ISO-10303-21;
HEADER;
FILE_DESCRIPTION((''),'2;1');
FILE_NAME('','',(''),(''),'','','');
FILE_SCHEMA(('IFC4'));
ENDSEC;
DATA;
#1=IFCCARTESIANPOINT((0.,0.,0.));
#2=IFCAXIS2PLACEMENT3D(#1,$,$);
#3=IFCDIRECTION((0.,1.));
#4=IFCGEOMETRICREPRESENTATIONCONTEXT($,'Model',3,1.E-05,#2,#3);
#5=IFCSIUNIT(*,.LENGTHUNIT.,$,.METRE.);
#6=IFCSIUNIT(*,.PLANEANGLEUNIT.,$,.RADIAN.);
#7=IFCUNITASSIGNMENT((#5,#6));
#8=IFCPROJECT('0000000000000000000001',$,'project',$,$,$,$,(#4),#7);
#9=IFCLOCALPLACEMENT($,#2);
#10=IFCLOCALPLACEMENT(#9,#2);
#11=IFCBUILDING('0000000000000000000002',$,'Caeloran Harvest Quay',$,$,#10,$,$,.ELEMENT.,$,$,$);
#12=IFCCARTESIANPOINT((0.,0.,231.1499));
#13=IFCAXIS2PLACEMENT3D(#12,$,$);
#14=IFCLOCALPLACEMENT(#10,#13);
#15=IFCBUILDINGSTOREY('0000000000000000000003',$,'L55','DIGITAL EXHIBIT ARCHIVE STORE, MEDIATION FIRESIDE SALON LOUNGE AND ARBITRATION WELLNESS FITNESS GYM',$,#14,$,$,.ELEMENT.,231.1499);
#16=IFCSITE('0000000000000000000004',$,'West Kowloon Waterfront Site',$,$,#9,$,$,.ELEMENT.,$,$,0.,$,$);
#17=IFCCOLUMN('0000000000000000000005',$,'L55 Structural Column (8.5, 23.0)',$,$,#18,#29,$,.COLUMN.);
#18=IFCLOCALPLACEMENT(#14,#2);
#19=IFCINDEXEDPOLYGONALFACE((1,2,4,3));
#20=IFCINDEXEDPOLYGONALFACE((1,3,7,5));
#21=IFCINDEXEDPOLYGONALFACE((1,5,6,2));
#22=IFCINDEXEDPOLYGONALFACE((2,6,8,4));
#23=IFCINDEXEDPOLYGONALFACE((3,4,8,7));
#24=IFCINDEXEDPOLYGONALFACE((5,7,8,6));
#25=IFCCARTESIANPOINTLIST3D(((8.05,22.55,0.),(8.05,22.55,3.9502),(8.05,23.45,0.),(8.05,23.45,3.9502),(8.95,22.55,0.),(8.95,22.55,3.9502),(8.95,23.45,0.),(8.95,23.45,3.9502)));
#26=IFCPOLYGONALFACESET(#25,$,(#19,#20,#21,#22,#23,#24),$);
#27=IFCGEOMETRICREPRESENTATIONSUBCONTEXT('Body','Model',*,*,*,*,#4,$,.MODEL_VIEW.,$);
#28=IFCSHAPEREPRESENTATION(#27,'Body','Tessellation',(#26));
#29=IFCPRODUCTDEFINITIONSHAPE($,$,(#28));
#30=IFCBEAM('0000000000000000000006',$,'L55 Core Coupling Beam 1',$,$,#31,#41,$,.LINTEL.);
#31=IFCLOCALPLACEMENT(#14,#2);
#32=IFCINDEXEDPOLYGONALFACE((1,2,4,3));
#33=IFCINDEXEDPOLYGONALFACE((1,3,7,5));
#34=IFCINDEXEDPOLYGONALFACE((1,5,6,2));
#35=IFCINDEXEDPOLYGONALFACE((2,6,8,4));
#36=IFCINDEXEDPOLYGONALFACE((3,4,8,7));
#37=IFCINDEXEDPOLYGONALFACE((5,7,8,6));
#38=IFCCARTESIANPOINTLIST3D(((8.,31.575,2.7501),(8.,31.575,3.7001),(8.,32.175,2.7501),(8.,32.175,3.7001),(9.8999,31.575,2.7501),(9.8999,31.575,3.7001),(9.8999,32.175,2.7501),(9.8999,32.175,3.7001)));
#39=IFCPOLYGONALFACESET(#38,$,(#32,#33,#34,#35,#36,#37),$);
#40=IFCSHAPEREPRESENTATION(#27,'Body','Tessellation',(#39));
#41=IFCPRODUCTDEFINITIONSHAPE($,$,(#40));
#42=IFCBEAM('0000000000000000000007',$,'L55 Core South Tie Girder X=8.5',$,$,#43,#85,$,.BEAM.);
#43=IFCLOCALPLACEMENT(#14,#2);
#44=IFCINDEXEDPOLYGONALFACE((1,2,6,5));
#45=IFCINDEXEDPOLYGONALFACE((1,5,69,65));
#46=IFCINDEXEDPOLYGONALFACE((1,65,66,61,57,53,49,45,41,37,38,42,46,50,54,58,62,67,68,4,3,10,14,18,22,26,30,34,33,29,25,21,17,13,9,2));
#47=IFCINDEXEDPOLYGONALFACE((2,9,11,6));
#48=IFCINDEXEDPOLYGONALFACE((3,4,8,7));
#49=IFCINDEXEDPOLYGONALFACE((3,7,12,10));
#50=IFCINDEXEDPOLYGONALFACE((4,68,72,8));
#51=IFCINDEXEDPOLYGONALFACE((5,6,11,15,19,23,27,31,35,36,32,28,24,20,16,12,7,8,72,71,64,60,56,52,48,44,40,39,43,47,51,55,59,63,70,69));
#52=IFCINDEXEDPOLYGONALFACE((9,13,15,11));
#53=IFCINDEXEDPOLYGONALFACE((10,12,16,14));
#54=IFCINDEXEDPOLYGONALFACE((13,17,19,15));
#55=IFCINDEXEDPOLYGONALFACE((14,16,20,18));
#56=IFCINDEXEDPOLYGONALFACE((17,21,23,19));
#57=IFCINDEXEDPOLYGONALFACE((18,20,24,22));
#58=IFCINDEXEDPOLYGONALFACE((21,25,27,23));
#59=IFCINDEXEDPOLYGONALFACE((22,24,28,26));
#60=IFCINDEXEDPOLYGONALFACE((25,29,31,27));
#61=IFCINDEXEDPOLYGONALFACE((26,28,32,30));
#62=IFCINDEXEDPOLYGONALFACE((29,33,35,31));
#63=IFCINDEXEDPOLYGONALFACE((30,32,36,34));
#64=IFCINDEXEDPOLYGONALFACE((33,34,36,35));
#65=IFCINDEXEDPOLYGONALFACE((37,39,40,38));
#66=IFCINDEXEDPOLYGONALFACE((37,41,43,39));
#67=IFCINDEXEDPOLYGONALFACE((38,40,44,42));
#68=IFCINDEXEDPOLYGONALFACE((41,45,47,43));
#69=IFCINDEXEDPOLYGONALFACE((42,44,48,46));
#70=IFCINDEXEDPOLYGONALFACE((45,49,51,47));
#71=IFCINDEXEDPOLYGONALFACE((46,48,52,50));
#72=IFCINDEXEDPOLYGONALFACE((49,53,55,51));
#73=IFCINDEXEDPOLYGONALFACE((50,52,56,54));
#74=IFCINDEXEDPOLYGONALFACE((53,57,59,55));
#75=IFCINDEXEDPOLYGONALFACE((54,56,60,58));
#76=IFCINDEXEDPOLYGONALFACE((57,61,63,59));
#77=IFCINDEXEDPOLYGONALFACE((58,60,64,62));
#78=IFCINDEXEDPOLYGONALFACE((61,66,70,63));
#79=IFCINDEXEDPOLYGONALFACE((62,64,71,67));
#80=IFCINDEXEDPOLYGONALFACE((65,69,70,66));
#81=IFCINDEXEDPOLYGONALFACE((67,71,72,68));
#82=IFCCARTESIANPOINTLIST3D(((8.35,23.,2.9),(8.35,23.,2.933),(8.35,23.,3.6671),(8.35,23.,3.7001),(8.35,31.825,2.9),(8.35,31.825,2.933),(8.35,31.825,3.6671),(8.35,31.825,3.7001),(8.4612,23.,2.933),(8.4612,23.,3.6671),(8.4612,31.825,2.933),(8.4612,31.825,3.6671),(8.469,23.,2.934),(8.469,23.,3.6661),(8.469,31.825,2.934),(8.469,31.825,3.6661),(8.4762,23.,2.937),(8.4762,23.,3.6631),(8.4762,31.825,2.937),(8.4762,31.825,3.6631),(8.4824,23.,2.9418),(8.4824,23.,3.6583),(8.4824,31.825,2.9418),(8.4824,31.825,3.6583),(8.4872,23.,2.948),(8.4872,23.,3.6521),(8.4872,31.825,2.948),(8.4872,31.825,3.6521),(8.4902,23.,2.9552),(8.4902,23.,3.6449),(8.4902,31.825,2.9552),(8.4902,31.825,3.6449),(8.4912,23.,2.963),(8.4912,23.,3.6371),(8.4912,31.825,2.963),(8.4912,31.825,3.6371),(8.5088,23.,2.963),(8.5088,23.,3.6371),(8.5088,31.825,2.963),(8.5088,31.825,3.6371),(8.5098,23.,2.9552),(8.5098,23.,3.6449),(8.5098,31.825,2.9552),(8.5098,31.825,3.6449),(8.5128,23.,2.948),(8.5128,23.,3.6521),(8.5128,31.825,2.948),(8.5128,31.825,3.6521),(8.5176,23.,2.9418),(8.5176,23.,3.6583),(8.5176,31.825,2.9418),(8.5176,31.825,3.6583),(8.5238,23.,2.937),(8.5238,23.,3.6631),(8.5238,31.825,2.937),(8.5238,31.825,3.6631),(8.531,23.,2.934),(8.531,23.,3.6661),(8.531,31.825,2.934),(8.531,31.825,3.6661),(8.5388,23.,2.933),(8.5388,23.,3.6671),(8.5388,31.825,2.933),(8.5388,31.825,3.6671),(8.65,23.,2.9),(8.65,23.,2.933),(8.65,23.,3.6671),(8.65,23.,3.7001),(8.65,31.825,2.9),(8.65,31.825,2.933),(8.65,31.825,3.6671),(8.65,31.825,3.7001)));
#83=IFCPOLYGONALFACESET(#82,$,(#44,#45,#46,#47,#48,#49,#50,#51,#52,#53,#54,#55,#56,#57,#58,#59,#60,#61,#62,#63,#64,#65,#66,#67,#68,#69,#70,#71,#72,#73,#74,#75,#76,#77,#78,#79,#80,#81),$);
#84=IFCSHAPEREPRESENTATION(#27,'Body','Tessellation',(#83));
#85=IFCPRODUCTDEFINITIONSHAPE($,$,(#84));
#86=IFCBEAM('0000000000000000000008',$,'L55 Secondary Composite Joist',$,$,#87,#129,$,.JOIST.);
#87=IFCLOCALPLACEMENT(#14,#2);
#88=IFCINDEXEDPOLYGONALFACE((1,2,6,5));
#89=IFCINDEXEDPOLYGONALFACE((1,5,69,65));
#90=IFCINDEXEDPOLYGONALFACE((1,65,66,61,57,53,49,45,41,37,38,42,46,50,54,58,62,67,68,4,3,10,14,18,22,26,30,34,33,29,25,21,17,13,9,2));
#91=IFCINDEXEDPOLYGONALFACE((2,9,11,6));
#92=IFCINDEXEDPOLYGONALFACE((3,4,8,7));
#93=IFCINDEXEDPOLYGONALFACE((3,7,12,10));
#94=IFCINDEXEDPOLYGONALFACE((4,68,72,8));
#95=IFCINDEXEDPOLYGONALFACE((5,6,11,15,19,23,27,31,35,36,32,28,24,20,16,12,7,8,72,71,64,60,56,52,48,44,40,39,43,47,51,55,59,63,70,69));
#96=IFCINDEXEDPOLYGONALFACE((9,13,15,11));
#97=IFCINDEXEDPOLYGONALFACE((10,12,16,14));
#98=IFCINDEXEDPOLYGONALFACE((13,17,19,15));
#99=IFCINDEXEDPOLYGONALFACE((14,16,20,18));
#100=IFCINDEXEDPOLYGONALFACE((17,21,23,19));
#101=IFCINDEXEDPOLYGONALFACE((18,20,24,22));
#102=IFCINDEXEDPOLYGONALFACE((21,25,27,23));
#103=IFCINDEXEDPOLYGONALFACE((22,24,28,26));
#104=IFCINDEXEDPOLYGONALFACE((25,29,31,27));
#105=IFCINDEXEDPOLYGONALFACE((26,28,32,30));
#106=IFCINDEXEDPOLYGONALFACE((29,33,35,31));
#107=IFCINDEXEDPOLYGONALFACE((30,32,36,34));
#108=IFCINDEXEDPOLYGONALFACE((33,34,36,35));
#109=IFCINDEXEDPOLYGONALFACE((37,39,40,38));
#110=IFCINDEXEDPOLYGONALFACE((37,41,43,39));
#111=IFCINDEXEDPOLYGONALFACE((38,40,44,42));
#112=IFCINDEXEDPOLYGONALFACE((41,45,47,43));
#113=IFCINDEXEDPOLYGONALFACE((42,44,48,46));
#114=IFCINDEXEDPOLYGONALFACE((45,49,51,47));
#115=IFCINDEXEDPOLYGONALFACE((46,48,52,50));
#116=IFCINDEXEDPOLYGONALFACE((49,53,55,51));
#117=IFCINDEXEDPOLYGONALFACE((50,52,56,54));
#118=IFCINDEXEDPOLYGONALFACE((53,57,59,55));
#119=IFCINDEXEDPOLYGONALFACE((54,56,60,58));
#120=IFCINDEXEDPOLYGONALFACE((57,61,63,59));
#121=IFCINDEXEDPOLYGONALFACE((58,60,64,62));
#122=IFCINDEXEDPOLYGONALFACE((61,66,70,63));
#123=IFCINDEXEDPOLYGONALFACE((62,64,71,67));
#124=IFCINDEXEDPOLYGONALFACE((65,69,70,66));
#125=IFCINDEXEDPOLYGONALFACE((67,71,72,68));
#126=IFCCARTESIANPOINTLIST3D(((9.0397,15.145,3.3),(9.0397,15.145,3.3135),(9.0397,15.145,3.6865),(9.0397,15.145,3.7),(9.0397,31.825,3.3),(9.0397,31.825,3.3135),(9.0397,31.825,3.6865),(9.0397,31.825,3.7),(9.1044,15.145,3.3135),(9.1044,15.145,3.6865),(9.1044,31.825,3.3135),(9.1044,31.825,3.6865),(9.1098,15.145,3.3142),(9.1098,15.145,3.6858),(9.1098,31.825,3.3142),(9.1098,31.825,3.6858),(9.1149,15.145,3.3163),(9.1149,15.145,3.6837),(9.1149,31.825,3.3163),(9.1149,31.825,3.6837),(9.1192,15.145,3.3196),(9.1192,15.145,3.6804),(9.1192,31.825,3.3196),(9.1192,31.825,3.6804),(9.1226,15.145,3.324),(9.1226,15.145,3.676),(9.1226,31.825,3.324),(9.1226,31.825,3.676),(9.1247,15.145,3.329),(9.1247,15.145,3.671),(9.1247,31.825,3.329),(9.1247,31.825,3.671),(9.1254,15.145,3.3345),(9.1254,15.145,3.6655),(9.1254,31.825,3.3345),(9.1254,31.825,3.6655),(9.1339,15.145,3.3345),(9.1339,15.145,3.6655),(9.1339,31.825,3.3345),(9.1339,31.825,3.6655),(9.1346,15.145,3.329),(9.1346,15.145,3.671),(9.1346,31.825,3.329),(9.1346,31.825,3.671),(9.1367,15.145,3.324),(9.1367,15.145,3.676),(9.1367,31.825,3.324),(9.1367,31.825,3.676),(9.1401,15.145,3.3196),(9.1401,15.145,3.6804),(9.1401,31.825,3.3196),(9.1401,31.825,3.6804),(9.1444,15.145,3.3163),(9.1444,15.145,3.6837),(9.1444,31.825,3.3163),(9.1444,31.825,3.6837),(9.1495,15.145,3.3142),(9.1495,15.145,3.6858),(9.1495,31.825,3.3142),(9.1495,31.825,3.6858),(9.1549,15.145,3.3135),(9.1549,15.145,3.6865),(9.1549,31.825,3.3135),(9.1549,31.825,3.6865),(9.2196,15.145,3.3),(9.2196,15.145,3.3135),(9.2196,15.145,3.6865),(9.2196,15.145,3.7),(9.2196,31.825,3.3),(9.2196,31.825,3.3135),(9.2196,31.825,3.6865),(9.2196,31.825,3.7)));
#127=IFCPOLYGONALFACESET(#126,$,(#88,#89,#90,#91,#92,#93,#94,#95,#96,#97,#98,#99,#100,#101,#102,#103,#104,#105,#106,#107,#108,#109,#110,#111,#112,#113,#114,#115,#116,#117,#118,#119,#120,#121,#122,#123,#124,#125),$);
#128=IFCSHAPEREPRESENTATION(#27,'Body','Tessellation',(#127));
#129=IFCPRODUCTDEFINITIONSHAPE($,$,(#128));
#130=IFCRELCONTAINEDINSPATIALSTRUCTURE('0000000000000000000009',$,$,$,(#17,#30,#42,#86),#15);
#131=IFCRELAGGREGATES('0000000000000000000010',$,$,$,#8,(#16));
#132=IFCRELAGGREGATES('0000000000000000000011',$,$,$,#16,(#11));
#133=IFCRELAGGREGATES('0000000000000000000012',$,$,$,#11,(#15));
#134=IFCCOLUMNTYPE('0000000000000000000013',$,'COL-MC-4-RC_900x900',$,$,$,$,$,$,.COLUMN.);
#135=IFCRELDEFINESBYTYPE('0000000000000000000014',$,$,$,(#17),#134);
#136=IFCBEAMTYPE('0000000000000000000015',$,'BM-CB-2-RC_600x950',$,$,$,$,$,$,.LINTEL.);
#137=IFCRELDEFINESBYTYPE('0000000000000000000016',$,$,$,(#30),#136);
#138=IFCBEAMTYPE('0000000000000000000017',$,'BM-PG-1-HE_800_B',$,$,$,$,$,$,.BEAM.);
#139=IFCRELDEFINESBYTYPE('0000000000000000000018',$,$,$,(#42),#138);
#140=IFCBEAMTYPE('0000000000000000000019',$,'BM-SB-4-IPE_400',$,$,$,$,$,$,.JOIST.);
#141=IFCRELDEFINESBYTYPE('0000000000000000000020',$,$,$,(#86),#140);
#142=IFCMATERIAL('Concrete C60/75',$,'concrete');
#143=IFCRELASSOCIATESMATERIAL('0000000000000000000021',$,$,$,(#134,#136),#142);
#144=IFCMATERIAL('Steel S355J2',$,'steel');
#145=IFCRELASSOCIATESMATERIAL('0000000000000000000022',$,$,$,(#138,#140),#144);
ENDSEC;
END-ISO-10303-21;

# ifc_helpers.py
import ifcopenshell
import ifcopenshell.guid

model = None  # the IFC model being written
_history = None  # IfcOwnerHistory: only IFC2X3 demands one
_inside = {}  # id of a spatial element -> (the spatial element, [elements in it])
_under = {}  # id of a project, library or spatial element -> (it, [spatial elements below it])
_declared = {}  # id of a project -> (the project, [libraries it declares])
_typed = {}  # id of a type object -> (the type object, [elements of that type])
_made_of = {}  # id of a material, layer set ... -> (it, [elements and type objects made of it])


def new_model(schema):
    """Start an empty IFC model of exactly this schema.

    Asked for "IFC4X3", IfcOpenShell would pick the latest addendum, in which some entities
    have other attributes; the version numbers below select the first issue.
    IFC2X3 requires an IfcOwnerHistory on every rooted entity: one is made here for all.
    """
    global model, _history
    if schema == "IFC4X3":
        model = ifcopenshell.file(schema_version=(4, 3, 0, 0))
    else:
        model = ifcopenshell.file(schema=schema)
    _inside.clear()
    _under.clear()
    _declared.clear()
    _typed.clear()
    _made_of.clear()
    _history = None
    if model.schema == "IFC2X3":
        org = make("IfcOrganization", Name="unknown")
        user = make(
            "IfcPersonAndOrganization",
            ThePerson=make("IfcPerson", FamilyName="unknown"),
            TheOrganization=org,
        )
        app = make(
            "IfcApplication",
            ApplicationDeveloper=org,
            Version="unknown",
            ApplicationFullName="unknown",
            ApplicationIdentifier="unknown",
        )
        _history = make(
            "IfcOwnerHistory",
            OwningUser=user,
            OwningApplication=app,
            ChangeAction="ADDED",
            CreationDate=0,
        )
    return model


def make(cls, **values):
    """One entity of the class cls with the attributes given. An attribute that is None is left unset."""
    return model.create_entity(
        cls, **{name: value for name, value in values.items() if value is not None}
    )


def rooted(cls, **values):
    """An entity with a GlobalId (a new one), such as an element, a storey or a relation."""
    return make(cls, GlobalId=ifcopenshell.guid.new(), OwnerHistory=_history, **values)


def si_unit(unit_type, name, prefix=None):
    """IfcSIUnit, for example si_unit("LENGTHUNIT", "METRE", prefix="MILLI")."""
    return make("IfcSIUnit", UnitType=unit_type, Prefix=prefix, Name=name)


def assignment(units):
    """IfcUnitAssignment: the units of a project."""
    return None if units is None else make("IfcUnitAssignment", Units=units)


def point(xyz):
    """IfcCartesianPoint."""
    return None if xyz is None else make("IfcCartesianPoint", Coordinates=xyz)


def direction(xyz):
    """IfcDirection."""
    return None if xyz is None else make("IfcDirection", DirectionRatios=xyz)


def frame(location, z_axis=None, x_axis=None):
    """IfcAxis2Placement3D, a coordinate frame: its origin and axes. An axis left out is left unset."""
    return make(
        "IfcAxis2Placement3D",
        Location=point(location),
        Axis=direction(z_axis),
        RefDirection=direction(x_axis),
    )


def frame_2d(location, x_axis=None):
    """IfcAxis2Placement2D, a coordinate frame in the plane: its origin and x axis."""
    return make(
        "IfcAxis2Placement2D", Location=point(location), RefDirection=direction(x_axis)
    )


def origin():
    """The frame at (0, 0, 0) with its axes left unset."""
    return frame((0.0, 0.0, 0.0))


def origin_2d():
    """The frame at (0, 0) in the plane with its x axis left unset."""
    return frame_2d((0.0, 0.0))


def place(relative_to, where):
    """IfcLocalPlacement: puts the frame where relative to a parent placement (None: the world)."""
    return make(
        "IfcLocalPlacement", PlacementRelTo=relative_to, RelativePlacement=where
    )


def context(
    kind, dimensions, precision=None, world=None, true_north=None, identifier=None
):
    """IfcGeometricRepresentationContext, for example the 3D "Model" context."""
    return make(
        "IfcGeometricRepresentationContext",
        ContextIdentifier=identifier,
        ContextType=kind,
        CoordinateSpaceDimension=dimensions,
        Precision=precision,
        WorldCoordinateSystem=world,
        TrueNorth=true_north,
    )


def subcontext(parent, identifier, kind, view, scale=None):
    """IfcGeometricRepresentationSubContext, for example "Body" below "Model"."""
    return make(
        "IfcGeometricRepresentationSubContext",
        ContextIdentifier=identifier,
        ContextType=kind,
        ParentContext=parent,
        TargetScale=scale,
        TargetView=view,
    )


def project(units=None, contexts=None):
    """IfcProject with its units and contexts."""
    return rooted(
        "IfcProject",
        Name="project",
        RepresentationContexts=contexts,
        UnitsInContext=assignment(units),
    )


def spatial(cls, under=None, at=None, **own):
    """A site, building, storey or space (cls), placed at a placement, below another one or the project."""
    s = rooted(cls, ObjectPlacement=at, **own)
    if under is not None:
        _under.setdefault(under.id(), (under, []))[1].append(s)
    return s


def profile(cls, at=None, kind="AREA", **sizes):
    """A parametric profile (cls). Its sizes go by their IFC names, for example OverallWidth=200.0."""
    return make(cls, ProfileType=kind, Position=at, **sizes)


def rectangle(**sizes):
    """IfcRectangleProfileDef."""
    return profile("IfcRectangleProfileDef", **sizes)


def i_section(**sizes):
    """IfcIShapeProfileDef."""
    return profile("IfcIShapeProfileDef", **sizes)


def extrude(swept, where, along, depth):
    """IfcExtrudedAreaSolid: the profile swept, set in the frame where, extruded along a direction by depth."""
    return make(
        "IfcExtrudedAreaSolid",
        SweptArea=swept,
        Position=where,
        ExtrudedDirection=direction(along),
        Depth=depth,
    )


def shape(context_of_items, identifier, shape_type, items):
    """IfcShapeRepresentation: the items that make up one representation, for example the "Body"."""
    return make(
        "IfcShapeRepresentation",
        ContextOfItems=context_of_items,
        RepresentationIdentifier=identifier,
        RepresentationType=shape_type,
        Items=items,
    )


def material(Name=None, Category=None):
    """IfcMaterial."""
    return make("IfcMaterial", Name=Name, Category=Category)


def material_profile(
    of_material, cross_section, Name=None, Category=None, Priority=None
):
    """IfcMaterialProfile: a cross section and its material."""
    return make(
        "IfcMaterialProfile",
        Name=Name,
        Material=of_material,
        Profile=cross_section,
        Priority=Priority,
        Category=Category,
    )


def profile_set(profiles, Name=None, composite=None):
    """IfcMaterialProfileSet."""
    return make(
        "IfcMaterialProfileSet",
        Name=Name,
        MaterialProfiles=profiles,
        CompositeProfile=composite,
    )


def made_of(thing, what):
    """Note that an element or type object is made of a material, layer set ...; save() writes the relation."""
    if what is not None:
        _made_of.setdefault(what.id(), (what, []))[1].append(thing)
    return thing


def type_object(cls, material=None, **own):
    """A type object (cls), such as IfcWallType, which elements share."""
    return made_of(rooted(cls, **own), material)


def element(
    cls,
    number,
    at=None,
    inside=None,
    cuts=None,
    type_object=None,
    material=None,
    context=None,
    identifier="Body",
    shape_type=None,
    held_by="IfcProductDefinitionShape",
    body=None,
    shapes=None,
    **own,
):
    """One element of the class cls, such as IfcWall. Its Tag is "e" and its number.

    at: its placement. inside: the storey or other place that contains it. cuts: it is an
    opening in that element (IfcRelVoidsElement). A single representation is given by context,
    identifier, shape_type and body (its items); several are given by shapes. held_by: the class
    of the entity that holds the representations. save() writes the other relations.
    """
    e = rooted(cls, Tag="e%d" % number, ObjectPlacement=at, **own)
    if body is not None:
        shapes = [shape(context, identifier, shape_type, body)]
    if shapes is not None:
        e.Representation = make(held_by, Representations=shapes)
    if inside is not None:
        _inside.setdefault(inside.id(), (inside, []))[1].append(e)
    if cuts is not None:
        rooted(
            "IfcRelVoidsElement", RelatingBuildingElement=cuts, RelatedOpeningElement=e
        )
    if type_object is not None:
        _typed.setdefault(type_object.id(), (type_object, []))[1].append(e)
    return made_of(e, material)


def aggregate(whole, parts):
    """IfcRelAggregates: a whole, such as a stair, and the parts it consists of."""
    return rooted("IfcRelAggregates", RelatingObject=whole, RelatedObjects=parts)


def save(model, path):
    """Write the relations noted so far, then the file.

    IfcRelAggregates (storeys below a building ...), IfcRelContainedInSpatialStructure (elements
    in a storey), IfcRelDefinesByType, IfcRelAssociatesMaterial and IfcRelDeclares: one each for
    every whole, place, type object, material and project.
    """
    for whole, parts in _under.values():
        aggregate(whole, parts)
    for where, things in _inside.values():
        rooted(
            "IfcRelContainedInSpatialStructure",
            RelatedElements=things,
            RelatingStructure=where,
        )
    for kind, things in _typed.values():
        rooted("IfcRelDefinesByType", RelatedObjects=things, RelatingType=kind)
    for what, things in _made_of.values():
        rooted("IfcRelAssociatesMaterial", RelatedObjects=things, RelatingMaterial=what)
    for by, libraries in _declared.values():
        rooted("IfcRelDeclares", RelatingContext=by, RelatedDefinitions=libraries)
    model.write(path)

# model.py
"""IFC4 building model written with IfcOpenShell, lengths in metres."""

from ifc_helpers import new_model, si_unit, direction, frame, origin, origin_2d, place, context, subcontext, project, spatial, rectangle, i_section, extrude, material, material_profile, profile_set, type_object, element, save


model = new_model("IFC4")

# Units and contexts
model_context = context("Model", 3, precision=1e-05, world=origin(), true_north=direction((0.0, 1.0)))
body_context = subcontext(model_context, "Body", "Model", "MODEL_VIEW")
ifc_project = project(units=[si_unit("LENGTHUNIT", "METRE"), si_unit("PLANEANGLEUNIT", "RADIAN")], contexts=[model_context])

# Site, building, storey
site_placement = place(None, origin())
site = spatial("IfcSite", under=ifc_project, at=site_placement, Name="West Kowloon Waterfront Site", CompositionType="ELEMENT", RefElevation=0.0)
building_placement = place(site_placement, origin())
building = spatial("IfcBuilding", under=site, at=building_placement, Name="Caeloran Harvest Quay", CompositionType="ELEMENT")
storey_placement = place(building_placement, frame((0.0, 0.0, 231.1499)))
storey = spatial("IfcBuildingStorey", under=building, at=storey_placement, Name="L55", Description="DIGITAL EXHIBIT ARCHIVE STORE, MEDIATION FIRESIDE SALON LOUNGE AND ARBITRATION WELLNESS FITNESS GYM", CompositionType="ELEMENT", Elevation=231.1499)

# Column
ifc_material_1 = material(Name="Concrete C60/75", Category="concrete")
ifc_material_profile_1 = material_profile(ifc_material_1, rectangle(XDim=0.8999, YDim=0.8999, at=origin_2d()), Name="RC 900x900")
ifc_profile_set_1 = profile_set([ifc_material_profile_1], Name="Concrete C60/75")
column_type = type_object("IfcColumnType", Name="COL-MC-4-RC_900x900", PredefinedType="COLUMN", material=ifc_profile_set_1)
column_placement = place(storey_placement, frame((8.5, 23.0, 0.0), z_axis=(0.0, 0.0, 1.0), x_axis=(1.0, 0.0, 0.0)))
element("IfcColumn", 1, at=column_placement, inside=storey, type_object=column_type, Name="L55 Structural Column (8.5, 23.0)", PredefinedType="COLUMN", context=body_context, shape_type="SweptSolid", body=[
    extrude(rectangle(XDim=0.8999, YDim=0.8999, at=origin_2d()), origin(), (0.0, 0.0, 1.0), 3.9502),
])

# Beams
ifc_material_profile_2 = material_profile(ifc_material_1, rectangle(XDim=0.6001, YDim=0.95, at=origin_2d()), Name="RC 600x950")
ifc_profile_set_2 = profile_set([ifc_material_profile_2], Name="Concrete C60/75")
beam_type_1 = type_object("IfcBeamType", Name="BM-CB-2-RC_600x950", PredefinedType="LINTEL", material=ifc_profile_set_2)
beam_1_placement = place(storey_placement, frame((8.0, 31.875, 3.2251), z_axis=(1.0, 0.0, 0.0), x_axis=(0.0, 1.0, 0.0)))
element("IfcBeam", 2, at=beam_1_placement, inside=storey, type_object=beam_type_1, Name="L55 Core Coupling Beam 1", PredefinedType="LINTEL", context=body_context, shape_type="SweptSolid", body=[
    extrude(rectangle(XDim=0.6001, YDim=0.95, at=origin_2d()), origin(), (0.0, 0.0, 1.0), 1.8999),
])
ifc_material_2 = material(Name="Steel S355J2", Category="steel")
ifc_material_profile_3 = material_profile(ifc_material_2, i_section(OverallWidth=0.3, OverallDepth=0.8, WebThickness=0.0176, FlangeThickness=0.033, FilletRadius=0.03, at=origin_2d()), Name="HE 800 B")
ifc_profile_set_3 = profile_set([ifc_material_profile_3], Name="Steel S355J2")
beam_type_2 = type_object("IfcBeamType", Name="BM-PG-1-HE_800_B", PredefinedType="BEAM", material=ifc_profile_set_3)
beam_2_placement = place(storey_placement, frame((8.5, 23.0, 3.3), z_axis=(0.0, 1.0, 0.0), x_axis=(-1.0, 0.0, 0.0)))
element("IfcBeam", 3, at=beam_2_placement, inside=storey, type_object=beam_type_2, Name="L55 Core South Tie Girder X=8.5", PredefinedType="BEAM", context=body_context, shape_type="SweptSolid", body=[
    extrude(i_section(OverallWidth=0.3, OverallDepth=0.8, WebThickness=0.0176, FlangeThickness=0.033, FilletRadius=0.03, at=origin_2d()), origin(), (0.0, 0.0, 1.0), 8.825),
])
ifc_material_profile_4 = material_profile(ifc_material_2, i_section(OverallWidth=0.1799, OverallDepth=0.3999, WebThickness=0.0085, FlangeThickness=0.0134, FilletRadius=0.021, at=origin_2d()), Name="IPE 400")
ifc_profile_set_4 = profile_set([ifc_material_profile_4], Name="Steel S355J2")
beam_type_3 = type_object("IfcBeamType", Name="BM-SB-4-IPE_400", PredefinedType="JOIST", material=ifc_profile_set_4)
beam_3_placement = place(storey_placement, frame((9.1296, 15.145, 3.5), z_axis=(0.0, 1.0, 0.0), x_axis=(-1.0, 0.0, 0.0)))
element("IfcBeam", 4, at=beam_3_placement, inside=storey, type_object=beam_type_3, Name="L55 Secondary Composite Joist", PredefinedType="JOIST", context=body_context, shape_type="SweptSolid", body=[
    extrude(i_section(OverallWidth=0.1799, OverallDepth=0.3999, WebThickness=0.0085, FlangeThickness=0.0134, FilletRadius=0.021, at=origin_2d()), origin(), (0.0, 0.0, 1.0), 16.6799),
])

save(model, "model.ifc")
